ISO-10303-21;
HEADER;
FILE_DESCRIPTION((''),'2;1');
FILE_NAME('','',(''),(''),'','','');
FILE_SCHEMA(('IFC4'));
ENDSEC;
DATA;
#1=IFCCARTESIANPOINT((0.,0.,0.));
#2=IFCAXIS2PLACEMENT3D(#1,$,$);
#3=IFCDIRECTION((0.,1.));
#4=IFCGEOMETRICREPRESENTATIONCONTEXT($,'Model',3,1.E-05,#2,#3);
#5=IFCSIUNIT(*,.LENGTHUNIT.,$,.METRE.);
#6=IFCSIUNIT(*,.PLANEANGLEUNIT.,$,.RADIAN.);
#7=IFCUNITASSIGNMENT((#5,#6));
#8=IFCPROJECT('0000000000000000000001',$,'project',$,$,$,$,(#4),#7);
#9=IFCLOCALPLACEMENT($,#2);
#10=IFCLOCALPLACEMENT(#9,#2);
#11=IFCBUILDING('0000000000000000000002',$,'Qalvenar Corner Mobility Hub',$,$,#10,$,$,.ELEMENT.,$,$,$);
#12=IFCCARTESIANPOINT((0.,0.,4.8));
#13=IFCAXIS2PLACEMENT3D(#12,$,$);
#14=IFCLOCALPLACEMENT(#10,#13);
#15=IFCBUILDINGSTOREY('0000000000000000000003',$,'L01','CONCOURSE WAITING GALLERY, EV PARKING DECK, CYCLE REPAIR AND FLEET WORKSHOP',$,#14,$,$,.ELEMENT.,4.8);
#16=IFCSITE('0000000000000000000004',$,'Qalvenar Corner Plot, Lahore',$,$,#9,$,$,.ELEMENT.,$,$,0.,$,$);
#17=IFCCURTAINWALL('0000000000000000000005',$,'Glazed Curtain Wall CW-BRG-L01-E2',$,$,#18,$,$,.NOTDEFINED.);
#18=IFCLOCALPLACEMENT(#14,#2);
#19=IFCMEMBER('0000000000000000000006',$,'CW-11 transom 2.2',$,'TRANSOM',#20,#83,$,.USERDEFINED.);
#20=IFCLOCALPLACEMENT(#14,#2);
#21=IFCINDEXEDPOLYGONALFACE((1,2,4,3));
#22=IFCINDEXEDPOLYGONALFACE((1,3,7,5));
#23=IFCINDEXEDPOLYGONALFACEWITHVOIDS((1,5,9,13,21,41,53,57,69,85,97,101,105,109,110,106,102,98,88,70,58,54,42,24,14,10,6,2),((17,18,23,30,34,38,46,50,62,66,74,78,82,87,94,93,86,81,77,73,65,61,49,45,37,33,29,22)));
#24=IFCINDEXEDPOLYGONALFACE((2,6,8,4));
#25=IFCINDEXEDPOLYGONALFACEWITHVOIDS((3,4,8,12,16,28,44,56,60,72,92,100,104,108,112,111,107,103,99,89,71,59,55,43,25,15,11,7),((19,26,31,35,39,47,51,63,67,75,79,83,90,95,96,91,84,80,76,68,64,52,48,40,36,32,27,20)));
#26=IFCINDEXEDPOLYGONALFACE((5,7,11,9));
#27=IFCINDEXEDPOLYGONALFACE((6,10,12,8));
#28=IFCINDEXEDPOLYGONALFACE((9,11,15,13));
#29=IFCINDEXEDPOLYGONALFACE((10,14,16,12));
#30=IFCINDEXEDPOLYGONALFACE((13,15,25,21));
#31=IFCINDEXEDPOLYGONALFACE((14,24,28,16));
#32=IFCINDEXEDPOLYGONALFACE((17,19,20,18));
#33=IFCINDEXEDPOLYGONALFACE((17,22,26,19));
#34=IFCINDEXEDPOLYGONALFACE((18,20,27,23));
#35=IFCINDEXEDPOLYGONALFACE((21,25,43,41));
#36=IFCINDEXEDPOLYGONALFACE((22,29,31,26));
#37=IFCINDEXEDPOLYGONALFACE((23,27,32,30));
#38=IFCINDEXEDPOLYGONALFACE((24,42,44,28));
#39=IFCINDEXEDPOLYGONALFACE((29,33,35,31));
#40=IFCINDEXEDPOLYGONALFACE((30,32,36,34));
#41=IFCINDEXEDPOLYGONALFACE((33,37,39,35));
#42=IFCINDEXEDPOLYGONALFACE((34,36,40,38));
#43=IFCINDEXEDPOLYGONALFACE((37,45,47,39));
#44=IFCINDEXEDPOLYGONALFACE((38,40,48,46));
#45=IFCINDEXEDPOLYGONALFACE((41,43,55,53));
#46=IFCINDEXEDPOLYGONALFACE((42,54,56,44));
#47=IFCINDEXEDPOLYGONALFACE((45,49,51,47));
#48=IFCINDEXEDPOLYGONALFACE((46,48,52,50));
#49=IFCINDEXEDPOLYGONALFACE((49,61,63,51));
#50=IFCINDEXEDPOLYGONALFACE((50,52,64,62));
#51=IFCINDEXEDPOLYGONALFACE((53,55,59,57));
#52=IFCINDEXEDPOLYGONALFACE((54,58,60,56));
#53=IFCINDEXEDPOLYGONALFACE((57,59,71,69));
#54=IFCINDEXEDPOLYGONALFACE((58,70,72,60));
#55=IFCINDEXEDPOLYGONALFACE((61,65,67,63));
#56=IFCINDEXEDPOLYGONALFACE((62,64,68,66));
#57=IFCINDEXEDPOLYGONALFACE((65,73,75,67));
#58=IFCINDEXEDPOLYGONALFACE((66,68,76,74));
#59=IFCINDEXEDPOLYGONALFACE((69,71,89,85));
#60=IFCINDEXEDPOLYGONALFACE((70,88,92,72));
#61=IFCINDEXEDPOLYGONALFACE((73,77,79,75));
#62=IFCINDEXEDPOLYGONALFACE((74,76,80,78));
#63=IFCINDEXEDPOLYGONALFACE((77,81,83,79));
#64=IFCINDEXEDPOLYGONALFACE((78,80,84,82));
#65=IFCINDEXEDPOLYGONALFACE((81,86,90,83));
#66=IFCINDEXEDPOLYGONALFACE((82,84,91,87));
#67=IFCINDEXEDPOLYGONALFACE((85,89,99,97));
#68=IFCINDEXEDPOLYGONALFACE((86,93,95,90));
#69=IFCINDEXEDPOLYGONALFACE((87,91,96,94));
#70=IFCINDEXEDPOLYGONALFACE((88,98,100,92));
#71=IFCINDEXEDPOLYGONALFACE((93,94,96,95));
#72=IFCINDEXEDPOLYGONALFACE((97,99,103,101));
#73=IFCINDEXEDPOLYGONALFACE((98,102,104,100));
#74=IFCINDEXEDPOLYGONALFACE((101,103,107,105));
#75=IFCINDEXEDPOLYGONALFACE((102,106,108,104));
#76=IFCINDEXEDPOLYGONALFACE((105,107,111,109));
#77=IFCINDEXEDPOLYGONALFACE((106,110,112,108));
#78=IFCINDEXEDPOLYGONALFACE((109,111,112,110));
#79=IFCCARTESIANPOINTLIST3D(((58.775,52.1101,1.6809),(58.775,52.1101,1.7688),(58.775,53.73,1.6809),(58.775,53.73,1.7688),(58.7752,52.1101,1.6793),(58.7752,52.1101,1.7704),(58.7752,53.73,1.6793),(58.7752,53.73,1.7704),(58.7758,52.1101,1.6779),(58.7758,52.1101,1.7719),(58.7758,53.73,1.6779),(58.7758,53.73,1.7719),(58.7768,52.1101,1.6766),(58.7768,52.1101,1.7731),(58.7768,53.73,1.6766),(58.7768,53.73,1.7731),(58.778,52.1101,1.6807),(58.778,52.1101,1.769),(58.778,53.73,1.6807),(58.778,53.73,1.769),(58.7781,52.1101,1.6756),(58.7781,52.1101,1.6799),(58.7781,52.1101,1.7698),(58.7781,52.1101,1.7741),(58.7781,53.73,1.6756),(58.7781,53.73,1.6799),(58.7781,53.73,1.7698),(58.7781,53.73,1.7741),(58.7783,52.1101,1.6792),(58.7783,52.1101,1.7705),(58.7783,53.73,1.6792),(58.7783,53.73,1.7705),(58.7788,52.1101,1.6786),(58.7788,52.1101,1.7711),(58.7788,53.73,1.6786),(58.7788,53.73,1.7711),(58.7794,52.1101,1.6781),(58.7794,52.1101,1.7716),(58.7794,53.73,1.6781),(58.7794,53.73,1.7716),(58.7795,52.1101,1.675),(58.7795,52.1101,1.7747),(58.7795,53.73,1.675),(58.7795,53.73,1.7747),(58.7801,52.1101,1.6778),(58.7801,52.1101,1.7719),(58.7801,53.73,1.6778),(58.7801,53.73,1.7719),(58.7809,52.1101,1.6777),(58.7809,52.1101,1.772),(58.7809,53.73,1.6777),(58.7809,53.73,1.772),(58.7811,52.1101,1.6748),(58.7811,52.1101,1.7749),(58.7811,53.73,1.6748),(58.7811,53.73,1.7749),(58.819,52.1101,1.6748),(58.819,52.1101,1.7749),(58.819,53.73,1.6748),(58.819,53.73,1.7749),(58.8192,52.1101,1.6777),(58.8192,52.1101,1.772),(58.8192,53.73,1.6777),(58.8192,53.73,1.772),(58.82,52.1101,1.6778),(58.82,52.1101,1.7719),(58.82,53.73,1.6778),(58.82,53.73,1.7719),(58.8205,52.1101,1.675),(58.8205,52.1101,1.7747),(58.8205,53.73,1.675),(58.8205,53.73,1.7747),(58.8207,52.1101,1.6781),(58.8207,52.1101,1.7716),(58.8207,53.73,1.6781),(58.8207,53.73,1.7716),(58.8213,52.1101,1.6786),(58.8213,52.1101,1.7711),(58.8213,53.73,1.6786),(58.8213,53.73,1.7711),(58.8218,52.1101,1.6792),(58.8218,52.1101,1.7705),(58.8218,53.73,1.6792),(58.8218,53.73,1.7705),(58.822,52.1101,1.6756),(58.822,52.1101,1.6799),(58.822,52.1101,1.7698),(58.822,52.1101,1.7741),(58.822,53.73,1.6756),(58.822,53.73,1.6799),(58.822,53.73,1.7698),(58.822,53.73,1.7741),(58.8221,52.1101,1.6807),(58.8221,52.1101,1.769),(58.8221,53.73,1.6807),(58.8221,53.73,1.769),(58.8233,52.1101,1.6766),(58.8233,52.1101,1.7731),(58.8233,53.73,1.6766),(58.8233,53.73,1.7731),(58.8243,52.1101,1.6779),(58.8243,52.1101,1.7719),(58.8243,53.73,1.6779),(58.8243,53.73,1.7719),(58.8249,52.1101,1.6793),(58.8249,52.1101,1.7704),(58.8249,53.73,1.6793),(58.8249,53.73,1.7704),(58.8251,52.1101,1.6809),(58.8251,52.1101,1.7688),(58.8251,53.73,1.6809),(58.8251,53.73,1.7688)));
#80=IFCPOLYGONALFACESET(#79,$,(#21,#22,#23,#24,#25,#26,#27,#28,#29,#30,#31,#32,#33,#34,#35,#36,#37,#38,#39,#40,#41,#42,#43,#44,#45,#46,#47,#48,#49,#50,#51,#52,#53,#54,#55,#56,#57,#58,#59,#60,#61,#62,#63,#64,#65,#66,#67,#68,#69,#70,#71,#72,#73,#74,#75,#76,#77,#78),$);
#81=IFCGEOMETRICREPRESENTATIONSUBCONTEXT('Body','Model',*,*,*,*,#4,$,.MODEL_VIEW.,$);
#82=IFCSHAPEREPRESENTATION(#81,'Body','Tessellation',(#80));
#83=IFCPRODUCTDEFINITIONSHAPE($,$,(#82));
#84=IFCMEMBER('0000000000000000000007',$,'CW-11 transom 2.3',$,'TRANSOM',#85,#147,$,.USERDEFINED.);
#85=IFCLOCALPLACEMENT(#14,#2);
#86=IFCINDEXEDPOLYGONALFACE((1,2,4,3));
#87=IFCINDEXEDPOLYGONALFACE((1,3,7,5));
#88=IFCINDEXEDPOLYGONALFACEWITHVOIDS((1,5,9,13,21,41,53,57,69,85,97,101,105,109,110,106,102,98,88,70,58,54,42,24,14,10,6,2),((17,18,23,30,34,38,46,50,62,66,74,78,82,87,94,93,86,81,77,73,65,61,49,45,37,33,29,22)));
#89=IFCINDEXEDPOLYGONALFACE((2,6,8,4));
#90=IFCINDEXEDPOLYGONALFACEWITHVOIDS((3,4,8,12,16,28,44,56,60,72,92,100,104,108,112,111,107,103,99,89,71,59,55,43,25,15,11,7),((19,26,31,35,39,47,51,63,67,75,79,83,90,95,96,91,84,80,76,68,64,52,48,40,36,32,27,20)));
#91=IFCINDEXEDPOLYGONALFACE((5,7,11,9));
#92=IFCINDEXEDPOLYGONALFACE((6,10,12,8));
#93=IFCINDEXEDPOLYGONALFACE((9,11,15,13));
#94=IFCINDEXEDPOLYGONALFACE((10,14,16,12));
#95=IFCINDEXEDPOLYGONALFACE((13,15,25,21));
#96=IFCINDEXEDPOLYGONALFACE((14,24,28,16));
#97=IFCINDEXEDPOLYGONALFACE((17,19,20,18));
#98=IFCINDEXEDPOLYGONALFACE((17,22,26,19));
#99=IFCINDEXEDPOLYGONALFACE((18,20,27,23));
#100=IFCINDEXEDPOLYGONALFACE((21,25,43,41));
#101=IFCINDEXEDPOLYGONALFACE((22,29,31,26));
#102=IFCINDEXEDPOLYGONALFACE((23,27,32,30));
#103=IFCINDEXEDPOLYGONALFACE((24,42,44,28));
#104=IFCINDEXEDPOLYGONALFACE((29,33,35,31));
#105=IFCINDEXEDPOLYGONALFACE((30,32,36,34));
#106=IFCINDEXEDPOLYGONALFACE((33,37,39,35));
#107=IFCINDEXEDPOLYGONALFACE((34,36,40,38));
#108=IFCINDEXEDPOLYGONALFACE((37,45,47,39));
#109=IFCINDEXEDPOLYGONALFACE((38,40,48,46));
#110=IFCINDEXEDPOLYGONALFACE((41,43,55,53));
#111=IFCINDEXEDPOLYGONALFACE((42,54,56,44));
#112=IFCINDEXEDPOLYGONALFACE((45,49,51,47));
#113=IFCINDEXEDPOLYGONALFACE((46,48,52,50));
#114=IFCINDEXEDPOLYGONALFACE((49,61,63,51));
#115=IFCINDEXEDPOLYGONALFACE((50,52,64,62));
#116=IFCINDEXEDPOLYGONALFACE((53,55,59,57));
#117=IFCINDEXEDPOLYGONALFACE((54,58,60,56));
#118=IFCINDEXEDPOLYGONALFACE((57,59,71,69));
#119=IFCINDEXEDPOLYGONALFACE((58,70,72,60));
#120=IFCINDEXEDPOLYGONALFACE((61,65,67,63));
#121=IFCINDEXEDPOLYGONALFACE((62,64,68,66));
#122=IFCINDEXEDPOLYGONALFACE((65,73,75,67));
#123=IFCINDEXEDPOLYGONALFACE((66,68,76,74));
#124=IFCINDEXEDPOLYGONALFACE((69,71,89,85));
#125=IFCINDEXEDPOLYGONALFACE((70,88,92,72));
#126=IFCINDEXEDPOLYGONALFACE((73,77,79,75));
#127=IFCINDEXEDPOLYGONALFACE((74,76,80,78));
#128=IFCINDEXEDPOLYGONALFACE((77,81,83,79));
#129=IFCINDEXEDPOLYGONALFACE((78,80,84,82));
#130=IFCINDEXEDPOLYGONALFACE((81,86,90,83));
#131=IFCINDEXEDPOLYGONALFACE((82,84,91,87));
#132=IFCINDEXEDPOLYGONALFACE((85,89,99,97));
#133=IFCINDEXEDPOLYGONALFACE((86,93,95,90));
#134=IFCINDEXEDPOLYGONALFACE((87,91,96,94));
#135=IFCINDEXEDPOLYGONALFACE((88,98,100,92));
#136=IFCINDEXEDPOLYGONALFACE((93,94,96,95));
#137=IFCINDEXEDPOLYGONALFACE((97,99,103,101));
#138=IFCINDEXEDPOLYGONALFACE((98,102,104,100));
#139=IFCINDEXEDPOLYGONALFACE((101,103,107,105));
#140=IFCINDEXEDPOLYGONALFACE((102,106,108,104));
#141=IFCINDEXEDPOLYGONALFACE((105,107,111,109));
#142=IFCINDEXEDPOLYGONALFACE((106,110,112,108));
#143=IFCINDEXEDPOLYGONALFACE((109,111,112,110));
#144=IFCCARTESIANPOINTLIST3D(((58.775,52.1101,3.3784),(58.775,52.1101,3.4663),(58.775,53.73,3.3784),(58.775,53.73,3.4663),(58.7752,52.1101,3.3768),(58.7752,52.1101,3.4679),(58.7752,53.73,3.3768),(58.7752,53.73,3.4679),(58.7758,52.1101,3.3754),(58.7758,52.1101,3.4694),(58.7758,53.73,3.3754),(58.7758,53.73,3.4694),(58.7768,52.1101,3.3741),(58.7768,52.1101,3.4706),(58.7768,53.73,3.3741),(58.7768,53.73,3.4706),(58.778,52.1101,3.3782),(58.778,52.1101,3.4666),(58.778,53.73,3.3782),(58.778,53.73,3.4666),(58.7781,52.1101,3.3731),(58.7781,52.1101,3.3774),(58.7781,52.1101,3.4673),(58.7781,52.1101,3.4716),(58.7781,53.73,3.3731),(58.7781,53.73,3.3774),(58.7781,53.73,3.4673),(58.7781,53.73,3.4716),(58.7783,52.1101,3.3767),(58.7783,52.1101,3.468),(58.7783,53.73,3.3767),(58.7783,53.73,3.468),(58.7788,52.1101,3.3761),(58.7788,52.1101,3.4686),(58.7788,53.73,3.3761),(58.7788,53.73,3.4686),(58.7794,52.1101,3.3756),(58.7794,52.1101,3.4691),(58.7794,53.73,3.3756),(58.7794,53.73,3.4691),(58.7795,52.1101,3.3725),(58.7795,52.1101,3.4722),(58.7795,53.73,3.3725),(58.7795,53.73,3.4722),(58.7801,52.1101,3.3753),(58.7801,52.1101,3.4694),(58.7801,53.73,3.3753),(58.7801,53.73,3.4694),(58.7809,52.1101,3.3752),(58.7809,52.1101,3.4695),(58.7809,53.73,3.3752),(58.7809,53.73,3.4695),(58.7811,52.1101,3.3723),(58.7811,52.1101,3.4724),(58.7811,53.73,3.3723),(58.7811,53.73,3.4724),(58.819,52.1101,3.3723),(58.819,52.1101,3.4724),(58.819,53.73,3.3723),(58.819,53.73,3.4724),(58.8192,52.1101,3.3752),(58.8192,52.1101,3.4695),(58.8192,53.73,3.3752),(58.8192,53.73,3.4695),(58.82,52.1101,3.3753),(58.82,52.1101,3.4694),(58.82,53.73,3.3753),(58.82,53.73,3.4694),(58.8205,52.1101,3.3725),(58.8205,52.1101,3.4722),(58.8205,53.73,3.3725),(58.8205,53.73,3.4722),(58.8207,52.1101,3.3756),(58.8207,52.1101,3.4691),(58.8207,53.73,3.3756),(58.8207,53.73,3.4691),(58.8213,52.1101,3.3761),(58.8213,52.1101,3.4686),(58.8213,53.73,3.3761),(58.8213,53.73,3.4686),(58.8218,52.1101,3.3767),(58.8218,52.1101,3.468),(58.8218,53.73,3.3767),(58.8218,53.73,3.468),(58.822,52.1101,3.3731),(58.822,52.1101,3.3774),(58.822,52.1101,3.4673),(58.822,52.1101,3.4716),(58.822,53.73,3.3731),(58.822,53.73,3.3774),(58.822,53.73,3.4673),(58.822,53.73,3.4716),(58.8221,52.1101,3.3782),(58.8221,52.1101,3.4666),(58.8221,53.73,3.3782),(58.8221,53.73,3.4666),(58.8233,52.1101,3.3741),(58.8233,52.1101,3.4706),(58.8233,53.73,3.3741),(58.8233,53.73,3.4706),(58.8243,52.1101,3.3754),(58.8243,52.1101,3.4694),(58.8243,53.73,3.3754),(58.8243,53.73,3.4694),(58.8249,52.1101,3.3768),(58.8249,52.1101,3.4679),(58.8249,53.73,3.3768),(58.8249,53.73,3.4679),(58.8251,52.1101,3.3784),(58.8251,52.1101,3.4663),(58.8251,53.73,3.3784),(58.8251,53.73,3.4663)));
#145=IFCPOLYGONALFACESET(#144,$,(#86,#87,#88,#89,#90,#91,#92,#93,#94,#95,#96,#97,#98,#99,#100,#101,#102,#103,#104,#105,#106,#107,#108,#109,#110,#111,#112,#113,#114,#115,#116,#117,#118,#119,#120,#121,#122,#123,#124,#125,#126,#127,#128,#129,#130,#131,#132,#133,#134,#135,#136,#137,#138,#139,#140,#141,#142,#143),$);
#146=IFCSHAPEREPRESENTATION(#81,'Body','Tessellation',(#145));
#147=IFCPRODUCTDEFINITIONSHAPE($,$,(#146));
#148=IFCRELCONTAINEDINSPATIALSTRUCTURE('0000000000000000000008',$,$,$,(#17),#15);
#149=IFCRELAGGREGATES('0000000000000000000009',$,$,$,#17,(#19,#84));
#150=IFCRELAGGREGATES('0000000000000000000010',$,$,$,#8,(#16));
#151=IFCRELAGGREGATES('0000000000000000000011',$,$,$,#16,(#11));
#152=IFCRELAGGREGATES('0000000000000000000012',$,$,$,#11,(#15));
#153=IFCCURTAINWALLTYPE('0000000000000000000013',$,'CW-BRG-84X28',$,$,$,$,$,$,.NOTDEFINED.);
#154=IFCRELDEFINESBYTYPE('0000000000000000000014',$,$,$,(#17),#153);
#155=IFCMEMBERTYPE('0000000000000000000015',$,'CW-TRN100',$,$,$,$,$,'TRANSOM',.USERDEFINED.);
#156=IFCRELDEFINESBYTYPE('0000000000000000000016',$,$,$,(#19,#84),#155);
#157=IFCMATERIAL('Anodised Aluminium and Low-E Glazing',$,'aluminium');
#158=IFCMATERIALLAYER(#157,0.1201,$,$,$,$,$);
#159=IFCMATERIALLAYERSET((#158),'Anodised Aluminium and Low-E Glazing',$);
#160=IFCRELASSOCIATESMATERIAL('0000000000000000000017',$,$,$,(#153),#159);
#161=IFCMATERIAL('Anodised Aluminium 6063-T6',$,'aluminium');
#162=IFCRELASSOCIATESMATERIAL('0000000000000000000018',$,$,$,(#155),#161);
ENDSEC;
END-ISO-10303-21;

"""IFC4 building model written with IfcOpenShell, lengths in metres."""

from ifc_helpers import new_model, si_unit, direction, frame, origin, origin_2d, place, context, subcontext, project, spatial, hollow_rectangle, extrude, material, layer, layer_set, material_profile, profile_set, type_object, element, aggregate, save


model = new_model("IFC4")

# Units and contexts
model_context = context("Model", 3, precision=1e-05, world=origin(), true_north=direction((0.0, 1.0)))
body_context = subcontext(model_context, "Body", "Model", "MODEL_VIEW")
ifc_project = project(units=[si_unit("LENGTHUNIT", "METRE"), si_unit("PLANEANGLEUNIT", "RADIAN")], contexts=[model_context])

# Site, building, storey
site_placement = place(None, origin())
site = spatial("IfcSite", under=ifc_project, at=site_placement, Name="Qalvenar Corner Plot, Lahore", CompositionType="ELEMENT", RefElevation=0.0)
building_placement = place(site_placement, origin())
building = spatial("IfcBuilding", under=site, at=building_placement, Name="Qalvenar Corner Mobility Hub", CompositionType="ELEMENT")
storey_placement = place(building_placement, frame((0.0, 0.0, 4.8)))
storey = spatial("IfcBuildingStorey", under=building, at=storey_placement, Name="L01", Description="CONCOURSE WAITING GALLERY, EV PARKING DECK, CYCLE REPAIR AND FLEET WORKSHOP", CompositionType="ELEMENT", Elevation=4.8)

# Curtain wall, members
ifc_material_1 = material(Name="Anodised Aluminium and Low-E Glazing", Category="aluminium")
ifc_layer_1 = layer(ifc_material_1, 0.1201)
ifc_layer_set_1 = layer_set([ifc_layer_1], Name="Anodised Aluminium and Low-E Glazing")
curtain_wall_type = type_object("IfcCurtainWallType", Name="CW-BRG-84X28", PredefinedType="NOTDEFINED", material=ifc_layer_set_1)
curtain_wall_placement = place(storey_placement, origin())
curtain_wall = element("IfcCurtainWall", 1, at=curtain_wall_placement, inside=storey, type_object=curtain_wall_type, Name="Glazed Curtain Wall CW-BRG-L01-E2", PredefinedType="NOTDEFINED")
ifc_material_2 = material(Name="Anodised Aluminium 6063-T6", Category="aluminium")
ifc_material_profile_1 = material_profile(ifc_material_2, hollow_rectangle(XDim=0.05, YDim=0.1001, WallThickness=0.0029, InnerFilletRadius=0.0029, OuterFilletRadius=0.0061, at=origin_2d()), Name="RHS100x50x3")
ifc_profile_set_1 = profile_set([ifc_material_profile_1], Name="Anodised Aluminium 6063-T6")
member_type_1 = type_object("IfcMemberType", Name="CW-TRN100", ElementType="TRANSOM", PredefinedType="USERDEFINED", material=ifc_profile_set_1)
member_1_placement = place(storey_placement, frame((58.8, 52.1101, 1.7249), z_axis=(0.0, 1.0, 0.0), x_axis=(-1.0, 0.0, 0.0)))
member_1 = element("IfcMember", 2, at=member_1_placement, type_object=member_type_1, Name="CW-11 transom 2.2", ObjectType="TRANSOM", PredefinedType="USERDEFINED", context=body_context, shape_type="SweptSolid", body=[
    extrude(hollow_rectangle(XDim=0.05, YDim=0.1001, WallThickness=0.0029, InnerFilletRadius=0.0029, OuterFilletRadius=0.0061, at=origin_2d()), origin(), (0.0, 0.0, 1.0), 1.6199),
])
member_2_placement = place(storey_placement, frame((58.8, 52.1101, 3.4224), z_axis=(0.0, 1.0, 0.0), x_axis=(-1.0, 0.0, 0.0)))
member_2 = element("IfcMember", 3, at=member_2_placement, type_object=member_type_1, Name="CW-11 transom 2.3", ObjectType="TRANSOM", PredefinedType="USERDEFINED", context=body_context, shape_type="SweptSolid", body=[
    extrude(hollow_rectangle(XDim=0.05, YDim=0.1001, WallThickness=0.0029, InnerFilletRadius=0.0029, OuterFilletRadius=0.0061, at=origin_2d()), origin(), (0.0, 0.0, 1.0), 1.6199),
])
aggregate(curtain_wall, [member_1, member_2])

save(model, "model.ifc")
